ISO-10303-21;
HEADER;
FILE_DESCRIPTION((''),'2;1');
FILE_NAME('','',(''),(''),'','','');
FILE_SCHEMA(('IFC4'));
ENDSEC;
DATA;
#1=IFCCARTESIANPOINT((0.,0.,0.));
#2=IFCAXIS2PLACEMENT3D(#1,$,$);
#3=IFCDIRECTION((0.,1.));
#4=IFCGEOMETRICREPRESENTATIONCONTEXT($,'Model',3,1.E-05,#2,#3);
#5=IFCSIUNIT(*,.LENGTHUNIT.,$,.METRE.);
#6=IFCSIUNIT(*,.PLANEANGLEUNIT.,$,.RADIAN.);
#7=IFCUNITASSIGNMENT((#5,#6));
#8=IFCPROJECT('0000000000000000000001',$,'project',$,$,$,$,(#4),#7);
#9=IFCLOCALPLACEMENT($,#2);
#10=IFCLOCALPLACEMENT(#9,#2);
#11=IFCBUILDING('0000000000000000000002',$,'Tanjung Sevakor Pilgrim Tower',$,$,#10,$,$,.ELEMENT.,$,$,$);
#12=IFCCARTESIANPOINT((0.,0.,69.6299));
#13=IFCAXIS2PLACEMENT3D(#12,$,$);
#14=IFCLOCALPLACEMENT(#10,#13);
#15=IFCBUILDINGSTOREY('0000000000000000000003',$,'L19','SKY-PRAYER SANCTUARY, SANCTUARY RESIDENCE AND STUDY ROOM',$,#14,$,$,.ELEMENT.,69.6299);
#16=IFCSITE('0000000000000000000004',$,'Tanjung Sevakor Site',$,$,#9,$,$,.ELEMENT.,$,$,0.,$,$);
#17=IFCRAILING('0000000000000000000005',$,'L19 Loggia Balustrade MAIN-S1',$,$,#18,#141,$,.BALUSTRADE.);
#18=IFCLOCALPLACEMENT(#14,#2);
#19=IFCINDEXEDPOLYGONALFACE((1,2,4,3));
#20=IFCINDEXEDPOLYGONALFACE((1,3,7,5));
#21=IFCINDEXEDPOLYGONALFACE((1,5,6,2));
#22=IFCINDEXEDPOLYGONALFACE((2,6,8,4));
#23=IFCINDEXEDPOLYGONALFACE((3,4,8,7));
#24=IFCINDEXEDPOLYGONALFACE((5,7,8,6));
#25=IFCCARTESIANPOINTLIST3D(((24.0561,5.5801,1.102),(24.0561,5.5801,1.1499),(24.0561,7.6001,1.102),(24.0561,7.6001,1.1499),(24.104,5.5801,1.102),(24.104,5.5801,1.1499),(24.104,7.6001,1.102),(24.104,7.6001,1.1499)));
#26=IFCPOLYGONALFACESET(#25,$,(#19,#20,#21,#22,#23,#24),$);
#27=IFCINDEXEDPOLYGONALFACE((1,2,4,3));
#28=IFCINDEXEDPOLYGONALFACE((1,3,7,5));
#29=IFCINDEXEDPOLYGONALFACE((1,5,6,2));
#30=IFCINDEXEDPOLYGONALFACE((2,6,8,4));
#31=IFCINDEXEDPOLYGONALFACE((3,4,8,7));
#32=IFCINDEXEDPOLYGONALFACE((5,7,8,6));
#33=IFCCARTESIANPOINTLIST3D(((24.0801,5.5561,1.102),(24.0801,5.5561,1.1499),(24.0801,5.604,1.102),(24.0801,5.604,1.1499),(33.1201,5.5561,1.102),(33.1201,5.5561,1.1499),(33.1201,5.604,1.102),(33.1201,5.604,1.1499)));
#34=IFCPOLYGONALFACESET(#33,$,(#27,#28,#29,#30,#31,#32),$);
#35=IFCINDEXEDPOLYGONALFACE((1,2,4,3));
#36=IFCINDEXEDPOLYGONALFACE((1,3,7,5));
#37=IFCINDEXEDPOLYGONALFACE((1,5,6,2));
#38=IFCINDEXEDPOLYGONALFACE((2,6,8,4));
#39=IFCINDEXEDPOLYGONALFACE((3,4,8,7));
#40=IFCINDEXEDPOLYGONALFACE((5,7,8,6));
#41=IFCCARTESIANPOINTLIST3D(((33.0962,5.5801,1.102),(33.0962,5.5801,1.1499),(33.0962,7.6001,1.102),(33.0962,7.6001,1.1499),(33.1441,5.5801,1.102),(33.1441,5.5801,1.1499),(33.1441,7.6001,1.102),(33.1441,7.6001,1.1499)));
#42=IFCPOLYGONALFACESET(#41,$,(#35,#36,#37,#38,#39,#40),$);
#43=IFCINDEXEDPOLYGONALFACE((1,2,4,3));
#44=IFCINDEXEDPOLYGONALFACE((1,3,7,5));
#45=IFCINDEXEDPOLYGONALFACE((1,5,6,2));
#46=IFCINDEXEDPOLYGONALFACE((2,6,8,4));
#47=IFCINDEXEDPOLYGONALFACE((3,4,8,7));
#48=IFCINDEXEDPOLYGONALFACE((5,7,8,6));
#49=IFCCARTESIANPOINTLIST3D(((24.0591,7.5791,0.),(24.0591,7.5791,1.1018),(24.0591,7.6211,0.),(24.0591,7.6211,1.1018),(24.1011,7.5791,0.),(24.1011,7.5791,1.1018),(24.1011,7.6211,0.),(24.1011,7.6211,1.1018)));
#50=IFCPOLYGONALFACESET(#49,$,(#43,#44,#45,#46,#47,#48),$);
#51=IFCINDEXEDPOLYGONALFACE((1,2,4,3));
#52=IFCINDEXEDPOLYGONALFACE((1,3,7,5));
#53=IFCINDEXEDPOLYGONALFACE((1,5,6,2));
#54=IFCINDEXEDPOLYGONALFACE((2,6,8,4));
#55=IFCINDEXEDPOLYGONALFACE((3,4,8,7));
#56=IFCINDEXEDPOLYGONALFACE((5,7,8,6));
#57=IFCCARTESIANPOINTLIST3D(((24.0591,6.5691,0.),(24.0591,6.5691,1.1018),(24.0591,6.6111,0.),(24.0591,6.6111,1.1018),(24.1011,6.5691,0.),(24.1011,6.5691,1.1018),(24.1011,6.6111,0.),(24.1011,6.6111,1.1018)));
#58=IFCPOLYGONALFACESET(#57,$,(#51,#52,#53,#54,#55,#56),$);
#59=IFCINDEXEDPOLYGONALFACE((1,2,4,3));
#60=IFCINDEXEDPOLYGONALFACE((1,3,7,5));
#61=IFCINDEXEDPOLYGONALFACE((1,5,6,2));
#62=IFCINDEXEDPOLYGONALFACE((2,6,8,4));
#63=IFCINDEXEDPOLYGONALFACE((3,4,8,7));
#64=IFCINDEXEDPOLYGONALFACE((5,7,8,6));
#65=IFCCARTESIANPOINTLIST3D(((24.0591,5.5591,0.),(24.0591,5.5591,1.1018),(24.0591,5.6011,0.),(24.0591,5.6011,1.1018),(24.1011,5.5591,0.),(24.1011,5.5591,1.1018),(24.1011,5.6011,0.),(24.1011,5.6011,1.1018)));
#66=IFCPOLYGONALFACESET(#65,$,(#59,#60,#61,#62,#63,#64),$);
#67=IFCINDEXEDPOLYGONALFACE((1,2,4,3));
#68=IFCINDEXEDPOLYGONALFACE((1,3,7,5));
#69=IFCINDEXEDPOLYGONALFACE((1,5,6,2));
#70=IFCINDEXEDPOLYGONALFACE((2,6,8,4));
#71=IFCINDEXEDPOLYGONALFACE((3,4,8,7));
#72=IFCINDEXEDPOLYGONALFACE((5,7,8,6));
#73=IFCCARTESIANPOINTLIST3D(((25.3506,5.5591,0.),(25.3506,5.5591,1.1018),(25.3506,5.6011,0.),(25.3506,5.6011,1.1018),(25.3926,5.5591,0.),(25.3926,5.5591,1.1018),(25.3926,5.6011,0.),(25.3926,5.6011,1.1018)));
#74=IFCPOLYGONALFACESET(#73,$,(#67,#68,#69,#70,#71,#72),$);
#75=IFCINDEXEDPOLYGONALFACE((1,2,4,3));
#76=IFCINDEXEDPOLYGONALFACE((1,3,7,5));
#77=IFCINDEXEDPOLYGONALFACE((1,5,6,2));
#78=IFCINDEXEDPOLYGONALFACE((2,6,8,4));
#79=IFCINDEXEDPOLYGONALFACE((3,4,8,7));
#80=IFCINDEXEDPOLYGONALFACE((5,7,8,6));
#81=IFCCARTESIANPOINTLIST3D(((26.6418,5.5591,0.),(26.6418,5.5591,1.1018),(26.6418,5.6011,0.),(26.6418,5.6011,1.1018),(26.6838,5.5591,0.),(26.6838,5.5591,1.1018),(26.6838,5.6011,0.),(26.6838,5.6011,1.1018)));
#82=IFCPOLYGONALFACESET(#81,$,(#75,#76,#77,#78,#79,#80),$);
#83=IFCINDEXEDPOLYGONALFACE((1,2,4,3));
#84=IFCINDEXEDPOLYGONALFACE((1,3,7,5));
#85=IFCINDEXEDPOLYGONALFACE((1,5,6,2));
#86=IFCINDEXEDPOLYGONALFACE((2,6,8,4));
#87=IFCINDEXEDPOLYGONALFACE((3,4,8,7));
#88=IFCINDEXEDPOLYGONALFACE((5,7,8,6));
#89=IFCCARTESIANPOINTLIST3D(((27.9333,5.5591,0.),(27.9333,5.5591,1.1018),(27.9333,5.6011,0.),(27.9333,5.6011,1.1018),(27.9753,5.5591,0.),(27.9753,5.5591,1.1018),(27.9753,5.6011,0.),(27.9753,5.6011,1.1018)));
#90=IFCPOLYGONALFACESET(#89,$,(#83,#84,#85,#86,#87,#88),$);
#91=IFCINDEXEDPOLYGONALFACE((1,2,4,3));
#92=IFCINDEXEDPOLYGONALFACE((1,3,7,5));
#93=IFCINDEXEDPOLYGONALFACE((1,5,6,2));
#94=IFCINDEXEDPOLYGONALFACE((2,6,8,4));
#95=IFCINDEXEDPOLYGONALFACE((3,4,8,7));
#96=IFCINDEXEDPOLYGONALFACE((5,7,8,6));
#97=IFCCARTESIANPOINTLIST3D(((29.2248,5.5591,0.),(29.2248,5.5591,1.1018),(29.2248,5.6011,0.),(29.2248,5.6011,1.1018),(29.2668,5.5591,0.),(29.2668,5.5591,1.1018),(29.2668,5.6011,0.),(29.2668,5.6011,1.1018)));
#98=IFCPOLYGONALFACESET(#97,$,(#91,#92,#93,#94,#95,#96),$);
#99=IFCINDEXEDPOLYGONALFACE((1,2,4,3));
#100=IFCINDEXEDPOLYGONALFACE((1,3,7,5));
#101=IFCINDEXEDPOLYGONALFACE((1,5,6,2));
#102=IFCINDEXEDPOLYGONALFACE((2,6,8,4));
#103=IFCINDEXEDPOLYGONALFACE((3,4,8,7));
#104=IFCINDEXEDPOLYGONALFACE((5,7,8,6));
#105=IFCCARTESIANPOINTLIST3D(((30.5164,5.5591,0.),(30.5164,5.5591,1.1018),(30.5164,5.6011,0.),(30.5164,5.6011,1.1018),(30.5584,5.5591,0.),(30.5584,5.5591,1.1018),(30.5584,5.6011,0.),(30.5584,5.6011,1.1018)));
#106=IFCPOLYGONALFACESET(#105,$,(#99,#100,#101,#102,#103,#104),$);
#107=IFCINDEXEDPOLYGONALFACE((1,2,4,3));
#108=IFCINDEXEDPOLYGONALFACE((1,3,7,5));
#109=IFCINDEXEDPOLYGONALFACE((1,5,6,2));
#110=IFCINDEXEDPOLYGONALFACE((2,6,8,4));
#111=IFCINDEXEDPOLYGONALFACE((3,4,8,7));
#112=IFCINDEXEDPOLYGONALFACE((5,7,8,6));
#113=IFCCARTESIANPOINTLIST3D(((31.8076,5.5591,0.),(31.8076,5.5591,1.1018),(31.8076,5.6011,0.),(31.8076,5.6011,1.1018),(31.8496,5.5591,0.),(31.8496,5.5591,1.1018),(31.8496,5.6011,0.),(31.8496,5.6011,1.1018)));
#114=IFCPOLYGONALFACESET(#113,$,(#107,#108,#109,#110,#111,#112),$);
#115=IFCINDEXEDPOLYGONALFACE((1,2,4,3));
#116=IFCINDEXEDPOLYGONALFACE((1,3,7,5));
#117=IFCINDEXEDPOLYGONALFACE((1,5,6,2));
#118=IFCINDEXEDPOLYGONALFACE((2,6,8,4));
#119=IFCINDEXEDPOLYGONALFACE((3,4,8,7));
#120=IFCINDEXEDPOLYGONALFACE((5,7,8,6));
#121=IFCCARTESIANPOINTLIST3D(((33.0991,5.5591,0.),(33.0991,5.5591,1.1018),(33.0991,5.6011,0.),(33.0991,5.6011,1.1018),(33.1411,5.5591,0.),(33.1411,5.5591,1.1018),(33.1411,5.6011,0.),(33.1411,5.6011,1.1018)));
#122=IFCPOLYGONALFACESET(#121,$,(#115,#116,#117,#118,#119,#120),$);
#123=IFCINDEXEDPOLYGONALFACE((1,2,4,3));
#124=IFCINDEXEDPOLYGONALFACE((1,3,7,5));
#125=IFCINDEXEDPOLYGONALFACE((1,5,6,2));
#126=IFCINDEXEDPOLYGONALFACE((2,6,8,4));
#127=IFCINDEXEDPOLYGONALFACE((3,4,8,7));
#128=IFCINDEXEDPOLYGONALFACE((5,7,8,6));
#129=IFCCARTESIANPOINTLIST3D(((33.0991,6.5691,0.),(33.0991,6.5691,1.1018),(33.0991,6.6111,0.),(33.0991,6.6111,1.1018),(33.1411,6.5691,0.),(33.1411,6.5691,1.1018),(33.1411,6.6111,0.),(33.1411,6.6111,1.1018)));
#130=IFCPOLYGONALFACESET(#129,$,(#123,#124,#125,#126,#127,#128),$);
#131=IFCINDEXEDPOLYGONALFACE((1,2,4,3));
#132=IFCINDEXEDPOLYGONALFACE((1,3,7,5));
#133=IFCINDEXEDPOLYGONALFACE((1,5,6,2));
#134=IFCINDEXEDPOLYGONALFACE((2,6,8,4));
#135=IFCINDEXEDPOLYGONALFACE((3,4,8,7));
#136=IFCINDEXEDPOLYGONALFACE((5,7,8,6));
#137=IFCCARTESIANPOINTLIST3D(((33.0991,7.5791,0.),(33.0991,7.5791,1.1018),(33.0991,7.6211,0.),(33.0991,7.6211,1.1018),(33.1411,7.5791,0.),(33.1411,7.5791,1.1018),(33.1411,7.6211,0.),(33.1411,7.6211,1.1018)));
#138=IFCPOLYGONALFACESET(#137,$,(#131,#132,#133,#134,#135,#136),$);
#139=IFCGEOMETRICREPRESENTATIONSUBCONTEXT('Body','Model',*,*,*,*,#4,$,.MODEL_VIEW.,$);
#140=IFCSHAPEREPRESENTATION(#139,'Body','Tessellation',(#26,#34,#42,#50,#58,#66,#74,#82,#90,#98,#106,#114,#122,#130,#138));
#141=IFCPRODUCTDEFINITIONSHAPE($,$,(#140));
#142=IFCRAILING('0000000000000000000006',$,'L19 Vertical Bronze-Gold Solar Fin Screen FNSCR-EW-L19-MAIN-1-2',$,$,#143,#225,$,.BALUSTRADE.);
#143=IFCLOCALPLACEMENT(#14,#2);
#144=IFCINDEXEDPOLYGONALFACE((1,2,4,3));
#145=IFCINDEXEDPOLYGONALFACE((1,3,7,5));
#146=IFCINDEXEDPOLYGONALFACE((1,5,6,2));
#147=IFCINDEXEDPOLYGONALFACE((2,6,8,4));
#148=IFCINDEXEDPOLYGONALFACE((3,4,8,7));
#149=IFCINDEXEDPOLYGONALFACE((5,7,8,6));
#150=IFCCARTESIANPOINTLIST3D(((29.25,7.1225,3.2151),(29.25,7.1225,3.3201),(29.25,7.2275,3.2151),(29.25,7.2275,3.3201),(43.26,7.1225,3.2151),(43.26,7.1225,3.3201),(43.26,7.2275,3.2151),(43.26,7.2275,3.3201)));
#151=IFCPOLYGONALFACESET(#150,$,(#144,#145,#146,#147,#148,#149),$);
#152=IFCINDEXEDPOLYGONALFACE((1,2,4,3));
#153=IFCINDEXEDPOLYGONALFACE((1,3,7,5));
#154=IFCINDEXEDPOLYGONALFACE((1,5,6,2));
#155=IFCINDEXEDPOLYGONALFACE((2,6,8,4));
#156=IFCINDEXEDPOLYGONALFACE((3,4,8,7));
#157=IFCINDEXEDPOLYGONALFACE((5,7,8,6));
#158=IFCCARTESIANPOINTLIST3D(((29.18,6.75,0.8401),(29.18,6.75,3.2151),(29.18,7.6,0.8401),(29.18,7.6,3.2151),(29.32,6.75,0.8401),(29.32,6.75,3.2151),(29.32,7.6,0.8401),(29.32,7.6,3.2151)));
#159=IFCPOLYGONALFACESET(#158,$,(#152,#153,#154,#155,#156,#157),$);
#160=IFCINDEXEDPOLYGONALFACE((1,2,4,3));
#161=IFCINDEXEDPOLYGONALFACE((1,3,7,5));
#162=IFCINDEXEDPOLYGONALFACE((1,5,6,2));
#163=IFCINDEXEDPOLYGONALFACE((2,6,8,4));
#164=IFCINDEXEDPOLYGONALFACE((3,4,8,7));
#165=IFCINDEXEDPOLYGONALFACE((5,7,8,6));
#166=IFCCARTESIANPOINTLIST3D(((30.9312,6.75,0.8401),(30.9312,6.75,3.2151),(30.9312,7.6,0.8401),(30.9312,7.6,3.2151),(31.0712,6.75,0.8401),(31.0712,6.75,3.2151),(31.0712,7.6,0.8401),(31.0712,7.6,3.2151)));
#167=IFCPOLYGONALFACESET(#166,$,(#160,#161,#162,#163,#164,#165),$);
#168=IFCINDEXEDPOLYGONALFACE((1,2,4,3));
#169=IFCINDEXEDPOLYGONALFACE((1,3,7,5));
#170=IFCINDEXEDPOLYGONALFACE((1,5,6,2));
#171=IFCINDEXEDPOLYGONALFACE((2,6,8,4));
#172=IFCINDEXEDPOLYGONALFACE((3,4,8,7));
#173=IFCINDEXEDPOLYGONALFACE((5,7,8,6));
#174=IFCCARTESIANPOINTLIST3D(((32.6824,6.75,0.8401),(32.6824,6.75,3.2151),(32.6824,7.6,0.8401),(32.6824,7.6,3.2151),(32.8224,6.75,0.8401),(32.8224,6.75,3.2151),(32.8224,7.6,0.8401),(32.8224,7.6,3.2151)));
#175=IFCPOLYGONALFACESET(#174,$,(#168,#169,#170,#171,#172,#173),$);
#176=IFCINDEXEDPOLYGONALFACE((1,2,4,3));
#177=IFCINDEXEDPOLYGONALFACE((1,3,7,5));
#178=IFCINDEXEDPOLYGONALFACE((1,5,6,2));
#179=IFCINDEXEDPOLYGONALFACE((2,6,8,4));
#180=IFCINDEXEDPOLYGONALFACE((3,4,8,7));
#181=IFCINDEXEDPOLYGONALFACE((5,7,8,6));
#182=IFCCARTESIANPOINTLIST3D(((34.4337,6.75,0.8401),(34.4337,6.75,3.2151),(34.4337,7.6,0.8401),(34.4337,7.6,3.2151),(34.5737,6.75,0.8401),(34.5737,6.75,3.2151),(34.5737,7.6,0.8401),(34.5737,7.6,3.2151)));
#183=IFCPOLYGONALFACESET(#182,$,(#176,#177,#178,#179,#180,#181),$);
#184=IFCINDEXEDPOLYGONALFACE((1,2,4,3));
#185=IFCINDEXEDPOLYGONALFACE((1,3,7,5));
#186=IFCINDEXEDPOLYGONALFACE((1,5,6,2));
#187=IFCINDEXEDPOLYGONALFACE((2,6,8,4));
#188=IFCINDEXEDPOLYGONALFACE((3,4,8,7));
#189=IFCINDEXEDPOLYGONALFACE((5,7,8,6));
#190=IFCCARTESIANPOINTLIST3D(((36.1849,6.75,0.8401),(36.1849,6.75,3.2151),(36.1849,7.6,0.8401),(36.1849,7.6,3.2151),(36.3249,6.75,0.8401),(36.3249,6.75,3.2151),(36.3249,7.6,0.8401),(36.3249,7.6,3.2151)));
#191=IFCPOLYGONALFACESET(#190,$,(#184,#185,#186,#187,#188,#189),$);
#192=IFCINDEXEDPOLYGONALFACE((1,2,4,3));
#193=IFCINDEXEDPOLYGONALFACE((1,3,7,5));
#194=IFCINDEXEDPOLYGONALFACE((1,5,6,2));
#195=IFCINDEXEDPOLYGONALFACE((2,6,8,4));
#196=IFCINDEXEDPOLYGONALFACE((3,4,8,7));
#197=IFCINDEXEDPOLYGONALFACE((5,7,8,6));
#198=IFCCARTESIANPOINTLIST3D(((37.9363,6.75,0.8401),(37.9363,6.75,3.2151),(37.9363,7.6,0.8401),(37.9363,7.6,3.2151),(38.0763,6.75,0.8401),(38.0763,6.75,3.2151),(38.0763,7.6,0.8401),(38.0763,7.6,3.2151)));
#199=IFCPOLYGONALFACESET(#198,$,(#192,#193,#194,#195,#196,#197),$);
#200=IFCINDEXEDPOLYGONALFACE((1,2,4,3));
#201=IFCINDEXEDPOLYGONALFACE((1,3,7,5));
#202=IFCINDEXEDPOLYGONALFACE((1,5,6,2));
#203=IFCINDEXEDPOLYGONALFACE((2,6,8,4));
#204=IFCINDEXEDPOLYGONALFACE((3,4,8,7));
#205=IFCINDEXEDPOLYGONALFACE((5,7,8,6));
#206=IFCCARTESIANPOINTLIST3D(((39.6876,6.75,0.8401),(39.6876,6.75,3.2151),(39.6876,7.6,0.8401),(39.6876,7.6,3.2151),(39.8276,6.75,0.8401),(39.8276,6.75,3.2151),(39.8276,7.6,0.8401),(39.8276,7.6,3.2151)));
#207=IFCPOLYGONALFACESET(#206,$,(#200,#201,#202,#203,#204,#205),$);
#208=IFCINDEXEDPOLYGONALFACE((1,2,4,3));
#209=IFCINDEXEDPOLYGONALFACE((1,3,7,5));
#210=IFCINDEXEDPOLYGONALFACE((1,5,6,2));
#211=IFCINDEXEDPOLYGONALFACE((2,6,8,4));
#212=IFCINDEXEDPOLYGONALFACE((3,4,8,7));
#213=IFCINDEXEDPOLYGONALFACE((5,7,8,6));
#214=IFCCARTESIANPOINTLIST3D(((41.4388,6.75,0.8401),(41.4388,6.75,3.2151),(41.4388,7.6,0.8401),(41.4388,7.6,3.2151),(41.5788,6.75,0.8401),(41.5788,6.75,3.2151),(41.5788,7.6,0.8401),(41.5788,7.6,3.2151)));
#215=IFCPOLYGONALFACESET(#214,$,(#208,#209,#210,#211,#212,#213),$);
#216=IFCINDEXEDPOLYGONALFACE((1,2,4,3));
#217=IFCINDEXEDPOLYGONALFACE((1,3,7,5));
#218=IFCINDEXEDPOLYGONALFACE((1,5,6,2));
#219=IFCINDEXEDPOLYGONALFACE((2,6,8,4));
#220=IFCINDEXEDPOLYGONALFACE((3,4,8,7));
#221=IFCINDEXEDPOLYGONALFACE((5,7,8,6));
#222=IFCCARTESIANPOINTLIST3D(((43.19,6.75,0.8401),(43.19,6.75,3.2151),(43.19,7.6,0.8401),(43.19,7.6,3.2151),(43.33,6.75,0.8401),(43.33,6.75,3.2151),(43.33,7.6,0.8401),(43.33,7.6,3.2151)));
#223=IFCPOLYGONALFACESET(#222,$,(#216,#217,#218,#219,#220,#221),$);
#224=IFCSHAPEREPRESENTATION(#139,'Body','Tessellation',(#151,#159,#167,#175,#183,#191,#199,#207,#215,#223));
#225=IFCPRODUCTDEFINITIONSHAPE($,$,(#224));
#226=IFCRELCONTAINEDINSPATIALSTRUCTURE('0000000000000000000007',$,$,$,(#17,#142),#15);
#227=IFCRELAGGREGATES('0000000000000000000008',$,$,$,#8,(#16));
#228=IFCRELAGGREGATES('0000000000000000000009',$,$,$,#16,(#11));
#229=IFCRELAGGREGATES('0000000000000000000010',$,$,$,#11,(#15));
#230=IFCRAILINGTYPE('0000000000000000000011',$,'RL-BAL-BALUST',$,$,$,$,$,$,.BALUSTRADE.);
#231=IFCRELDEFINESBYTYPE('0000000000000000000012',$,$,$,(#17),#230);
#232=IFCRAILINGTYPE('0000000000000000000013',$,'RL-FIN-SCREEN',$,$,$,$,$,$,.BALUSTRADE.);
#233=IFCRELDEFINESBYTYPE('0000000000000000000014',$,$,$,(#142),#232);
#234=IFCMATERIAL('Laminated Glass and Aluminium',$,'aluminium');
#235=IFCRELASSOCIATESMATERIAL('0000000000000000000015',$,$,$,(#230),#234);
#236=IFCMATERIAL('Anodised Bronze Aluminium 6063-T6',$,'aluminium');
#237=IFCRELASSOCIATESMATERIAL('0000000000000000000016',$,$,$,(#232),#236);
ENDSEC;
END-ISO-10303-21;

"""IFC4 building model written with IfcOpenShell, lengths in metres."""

from ifc_helpers import new_model, si_unit, direction, frame, origin, place, context, subcontext, project, spatial, rectangle, extrude, material, type_object, element, save


model = new_model("IFC4")

# Units and contexts
model_context = context("Model", 3, precision=1e-05, world=origin(), true_north=direction((0.0, 1.0)))
body_context = subcontext(model_context, "Body", "Model", "MODEL_VIEW")
ifc_project = project(units=[si_unit("LENGTHUNIT", "METRE"), si_unit("PLANEANGLEUNIT", "RADIAN")], contexts=[model_context])

# Site, building, storey
site_placement = place(None, origin())
site = spatial("IfcSite", under=ifc_project, at=site_placement, Name="Tanjung Sevakor Site", CompositionType="ELEMENT", RefElevation=0.0)
building_placement = place(site_placement, origin())
building = spatial("IfcBuilding", under=site, at=building_placement, Name="Tanjung Sevakor Pilgrim Tower", CompositionType="ELEMENT")
storey_placement = place(building_placement, frame((0.0, 0.0, 69.6299)))
storey = spatial("IfcBuildingStorey", under=building, at=storey_placement, Name="L19", Description="SKY-PRAYER SANCTUARY, SANCTUARY RESIDENCE AND STUDY ROOM", CompositionType="ELEMENT", Elevation=69.6299)

# Railings
ifc_material_1 = material(Name="Laminated Glass and Aluminium", Category="aluminium")
railing_type_1 = type_object("IfcRailingType", Name="RL-BAL-BALUST", PredefinedType="BALUSTRADE", material=ifc_material_1)
railing_1_placement = place(storey_placement, frame((24.0801, 7.6001, 0.0)))
element("IfcRailing", 1, at=railing_1_placement, inside=storey, type_object=railing_type_1, Name="L19 Loggia Balustrade MAIN-S1", PredefinedType="BALUSTRADE", context=body_context, shape_type="SweptSolid", body=[
    extrude(rectangle(XDim=0.0479, YDim=0.0479), frame((0.0, 0.0, 1.126), z_axis=(0.0, -1.0, 0.0), x_axis=(1.0, 0.0, 0.0)), (0.0, 0.0, 1.0), 2.02),
    extrude(rectangle(XDim=0.0479, YDim=0.0479), frame((0.0, -2.02, 1.126), z_axis=(1.0, 0.0, 0.0), x_axis=(0.0, 1.0, 0.0)), (0.0, 0.0, 1.0), 9.04),
    extrude(rectangle(XDim=0.0479, YDim=0.0479), frame((9.04, -2.02, 1.126), z_axis=(0.0, 1.0, 0.0), x_axis=(-1.0, 0.0, 0.0)), (0.0, 0.0, 1.0), 2.02),
    extrude(rectangle(XDim=0.042, YDim=0.042), origin(), (0.0, 0.0, 1.0), 1.1018),
    extrude(rectangle(XDim=0.042, YDim=0.042), frame((0.0, -1.01, 0.0)), (0.0, 0.0, 1.0), 1.1018),
    extrude(rectangle(XDim=0.042, YDim=0.042), frame((0.0, -2.02, 0.0)), (0.0, 0.0, 1.0), 1.1018),
    extrude(rectangle(XDim=0.042, YDim=0.042), frame((1.2915, -2.02, 0.0)), (0.0, 0.0, 1.0), 1.1018),
    extrude(rectangle(XDim=0.042, YDim=0.042), frame((2.5828, -2.02, 0.0)), (0.0, 0.0, 1.0), 1.1018),
    extrude(rectangle(XDim=0.042, YDim=0.042), frame((3.8743, -2.02, 0.0)), (0.0, 0.0, 1.0), 1.1018),
    extrude(rectangle(XDim=0.042, YDim=0.042), frame((5.1658, -2.02, 0.0)), (0.0, 0.0, 1.0), 1.1018),
    extrude(rectangle(XDim=0.042, YDim=0.042), frame((6.4573, -2.02, 0.0)), (0.0, 0.0, 1.0), 1.1018),
    extrude(rectangle(XDim=0.042, YDim=0.042), frame((7.7485, -2.02, 0.0)), (0.0, 0.0, 1.0), 1.1018),
    extrude(rectangle(XDim=0.042, YDim=0.042), frame((9.04, -2.02, 0.0)), (0.0, 0.0, 1.0), 1.1018),
    extrude(rectangle(XDim=0.042, YDim=0.042), frame((9.04, -1.01, 0.0)), (0.0, 0.0, 1.0), 1.1018),
    extrude(rectangle(XDim=0.042, YDim=0.042), frame((9.04, 0.0, 0.0)), (0.0, 0.0, 1.0), 1.1018),
])
ifc_material_2 = material(Name="Anodised Bronze Aluminium 6063-T6", Category="aluminium")
railing_type_2 = type_object("IfcRailingType", Name="RL-FIN-SCREEN", PredefinedType="BALUSTRADE", material=ifc_material_2)
railing_2_placement = place(storey_placement, frame((29.25, 7.175, 0.8401)))
element("IfcRailing", 2, at=railing_2_placement, inside=storey, type_object=railing_type_2, Name="L19 Vertical Bronze-Gold Solar Fin Screen FNSCR-EW-L19-MAIN-1-2", PredefinedType="BALUSTRADE", context=body_context, shape_type="SweptSolid", body=[
    extrude(rectangle(XDim=0.105, YDim=0.105), frame((0.0, 0.0, 2.4275), z_axis=(1.0, 0.0, 0.0), x_axis=(0.0, 1.0, 0.0)), (0.0, 0.0, 1.0), 14.01),
    extrude(rectangle(XDim=0.14, YDim=0.85), origin(), (0.0, 0.0, 1.0), 2.375),
    extrude(rectangle(XDim=0.14, YDim=0.85), frame((1.7512, 0.0, 0.0)), (0.0, 0.0, 1.0), 2.375),
    extrude(rectangle(XDim=0.14, YDim=0.85), frame((3.5024, 0.0, 0.0)), (0.0, 0.0, 1.0), 2.375),
    extrude(rectangle(XDim=0.14, YDim=0.85), frame((5.2537, 0.0, 0.0)), (0.0, 0.0, 1.0), 2.375),
    extrude(rectangle(XDim=0.14, YDim=0.85), frame((7.0049, 0.0, 0.0)), (0.0, 0.0, 1.0), 2.375),
    extrude(rectangle(XDim=0.14, YDim=0.85), frame((8.7563, 0.0, 0.0)), (0.0, 0.0, 1.0), 2.375),
    extrude(rectangle(XDim=0.14, YDim=0.85), frame((10.5076, 0.0, 0.0)), (0.0, 0.0, 1.0), 2.375),
    extrude(rectangle(XDim=0.14, YDim=0.85), frame((12.2588, 0.0, 0.0)), (0.0, 0.0, 1.0), 2.375),
    extrude(rectangle(XDim=0.14, YDim=0.85), frame((14.01, 0.0, 0.0)), (0.0, 0.0, 1.0), 2.375),
])

save(model, "model.ifc")
